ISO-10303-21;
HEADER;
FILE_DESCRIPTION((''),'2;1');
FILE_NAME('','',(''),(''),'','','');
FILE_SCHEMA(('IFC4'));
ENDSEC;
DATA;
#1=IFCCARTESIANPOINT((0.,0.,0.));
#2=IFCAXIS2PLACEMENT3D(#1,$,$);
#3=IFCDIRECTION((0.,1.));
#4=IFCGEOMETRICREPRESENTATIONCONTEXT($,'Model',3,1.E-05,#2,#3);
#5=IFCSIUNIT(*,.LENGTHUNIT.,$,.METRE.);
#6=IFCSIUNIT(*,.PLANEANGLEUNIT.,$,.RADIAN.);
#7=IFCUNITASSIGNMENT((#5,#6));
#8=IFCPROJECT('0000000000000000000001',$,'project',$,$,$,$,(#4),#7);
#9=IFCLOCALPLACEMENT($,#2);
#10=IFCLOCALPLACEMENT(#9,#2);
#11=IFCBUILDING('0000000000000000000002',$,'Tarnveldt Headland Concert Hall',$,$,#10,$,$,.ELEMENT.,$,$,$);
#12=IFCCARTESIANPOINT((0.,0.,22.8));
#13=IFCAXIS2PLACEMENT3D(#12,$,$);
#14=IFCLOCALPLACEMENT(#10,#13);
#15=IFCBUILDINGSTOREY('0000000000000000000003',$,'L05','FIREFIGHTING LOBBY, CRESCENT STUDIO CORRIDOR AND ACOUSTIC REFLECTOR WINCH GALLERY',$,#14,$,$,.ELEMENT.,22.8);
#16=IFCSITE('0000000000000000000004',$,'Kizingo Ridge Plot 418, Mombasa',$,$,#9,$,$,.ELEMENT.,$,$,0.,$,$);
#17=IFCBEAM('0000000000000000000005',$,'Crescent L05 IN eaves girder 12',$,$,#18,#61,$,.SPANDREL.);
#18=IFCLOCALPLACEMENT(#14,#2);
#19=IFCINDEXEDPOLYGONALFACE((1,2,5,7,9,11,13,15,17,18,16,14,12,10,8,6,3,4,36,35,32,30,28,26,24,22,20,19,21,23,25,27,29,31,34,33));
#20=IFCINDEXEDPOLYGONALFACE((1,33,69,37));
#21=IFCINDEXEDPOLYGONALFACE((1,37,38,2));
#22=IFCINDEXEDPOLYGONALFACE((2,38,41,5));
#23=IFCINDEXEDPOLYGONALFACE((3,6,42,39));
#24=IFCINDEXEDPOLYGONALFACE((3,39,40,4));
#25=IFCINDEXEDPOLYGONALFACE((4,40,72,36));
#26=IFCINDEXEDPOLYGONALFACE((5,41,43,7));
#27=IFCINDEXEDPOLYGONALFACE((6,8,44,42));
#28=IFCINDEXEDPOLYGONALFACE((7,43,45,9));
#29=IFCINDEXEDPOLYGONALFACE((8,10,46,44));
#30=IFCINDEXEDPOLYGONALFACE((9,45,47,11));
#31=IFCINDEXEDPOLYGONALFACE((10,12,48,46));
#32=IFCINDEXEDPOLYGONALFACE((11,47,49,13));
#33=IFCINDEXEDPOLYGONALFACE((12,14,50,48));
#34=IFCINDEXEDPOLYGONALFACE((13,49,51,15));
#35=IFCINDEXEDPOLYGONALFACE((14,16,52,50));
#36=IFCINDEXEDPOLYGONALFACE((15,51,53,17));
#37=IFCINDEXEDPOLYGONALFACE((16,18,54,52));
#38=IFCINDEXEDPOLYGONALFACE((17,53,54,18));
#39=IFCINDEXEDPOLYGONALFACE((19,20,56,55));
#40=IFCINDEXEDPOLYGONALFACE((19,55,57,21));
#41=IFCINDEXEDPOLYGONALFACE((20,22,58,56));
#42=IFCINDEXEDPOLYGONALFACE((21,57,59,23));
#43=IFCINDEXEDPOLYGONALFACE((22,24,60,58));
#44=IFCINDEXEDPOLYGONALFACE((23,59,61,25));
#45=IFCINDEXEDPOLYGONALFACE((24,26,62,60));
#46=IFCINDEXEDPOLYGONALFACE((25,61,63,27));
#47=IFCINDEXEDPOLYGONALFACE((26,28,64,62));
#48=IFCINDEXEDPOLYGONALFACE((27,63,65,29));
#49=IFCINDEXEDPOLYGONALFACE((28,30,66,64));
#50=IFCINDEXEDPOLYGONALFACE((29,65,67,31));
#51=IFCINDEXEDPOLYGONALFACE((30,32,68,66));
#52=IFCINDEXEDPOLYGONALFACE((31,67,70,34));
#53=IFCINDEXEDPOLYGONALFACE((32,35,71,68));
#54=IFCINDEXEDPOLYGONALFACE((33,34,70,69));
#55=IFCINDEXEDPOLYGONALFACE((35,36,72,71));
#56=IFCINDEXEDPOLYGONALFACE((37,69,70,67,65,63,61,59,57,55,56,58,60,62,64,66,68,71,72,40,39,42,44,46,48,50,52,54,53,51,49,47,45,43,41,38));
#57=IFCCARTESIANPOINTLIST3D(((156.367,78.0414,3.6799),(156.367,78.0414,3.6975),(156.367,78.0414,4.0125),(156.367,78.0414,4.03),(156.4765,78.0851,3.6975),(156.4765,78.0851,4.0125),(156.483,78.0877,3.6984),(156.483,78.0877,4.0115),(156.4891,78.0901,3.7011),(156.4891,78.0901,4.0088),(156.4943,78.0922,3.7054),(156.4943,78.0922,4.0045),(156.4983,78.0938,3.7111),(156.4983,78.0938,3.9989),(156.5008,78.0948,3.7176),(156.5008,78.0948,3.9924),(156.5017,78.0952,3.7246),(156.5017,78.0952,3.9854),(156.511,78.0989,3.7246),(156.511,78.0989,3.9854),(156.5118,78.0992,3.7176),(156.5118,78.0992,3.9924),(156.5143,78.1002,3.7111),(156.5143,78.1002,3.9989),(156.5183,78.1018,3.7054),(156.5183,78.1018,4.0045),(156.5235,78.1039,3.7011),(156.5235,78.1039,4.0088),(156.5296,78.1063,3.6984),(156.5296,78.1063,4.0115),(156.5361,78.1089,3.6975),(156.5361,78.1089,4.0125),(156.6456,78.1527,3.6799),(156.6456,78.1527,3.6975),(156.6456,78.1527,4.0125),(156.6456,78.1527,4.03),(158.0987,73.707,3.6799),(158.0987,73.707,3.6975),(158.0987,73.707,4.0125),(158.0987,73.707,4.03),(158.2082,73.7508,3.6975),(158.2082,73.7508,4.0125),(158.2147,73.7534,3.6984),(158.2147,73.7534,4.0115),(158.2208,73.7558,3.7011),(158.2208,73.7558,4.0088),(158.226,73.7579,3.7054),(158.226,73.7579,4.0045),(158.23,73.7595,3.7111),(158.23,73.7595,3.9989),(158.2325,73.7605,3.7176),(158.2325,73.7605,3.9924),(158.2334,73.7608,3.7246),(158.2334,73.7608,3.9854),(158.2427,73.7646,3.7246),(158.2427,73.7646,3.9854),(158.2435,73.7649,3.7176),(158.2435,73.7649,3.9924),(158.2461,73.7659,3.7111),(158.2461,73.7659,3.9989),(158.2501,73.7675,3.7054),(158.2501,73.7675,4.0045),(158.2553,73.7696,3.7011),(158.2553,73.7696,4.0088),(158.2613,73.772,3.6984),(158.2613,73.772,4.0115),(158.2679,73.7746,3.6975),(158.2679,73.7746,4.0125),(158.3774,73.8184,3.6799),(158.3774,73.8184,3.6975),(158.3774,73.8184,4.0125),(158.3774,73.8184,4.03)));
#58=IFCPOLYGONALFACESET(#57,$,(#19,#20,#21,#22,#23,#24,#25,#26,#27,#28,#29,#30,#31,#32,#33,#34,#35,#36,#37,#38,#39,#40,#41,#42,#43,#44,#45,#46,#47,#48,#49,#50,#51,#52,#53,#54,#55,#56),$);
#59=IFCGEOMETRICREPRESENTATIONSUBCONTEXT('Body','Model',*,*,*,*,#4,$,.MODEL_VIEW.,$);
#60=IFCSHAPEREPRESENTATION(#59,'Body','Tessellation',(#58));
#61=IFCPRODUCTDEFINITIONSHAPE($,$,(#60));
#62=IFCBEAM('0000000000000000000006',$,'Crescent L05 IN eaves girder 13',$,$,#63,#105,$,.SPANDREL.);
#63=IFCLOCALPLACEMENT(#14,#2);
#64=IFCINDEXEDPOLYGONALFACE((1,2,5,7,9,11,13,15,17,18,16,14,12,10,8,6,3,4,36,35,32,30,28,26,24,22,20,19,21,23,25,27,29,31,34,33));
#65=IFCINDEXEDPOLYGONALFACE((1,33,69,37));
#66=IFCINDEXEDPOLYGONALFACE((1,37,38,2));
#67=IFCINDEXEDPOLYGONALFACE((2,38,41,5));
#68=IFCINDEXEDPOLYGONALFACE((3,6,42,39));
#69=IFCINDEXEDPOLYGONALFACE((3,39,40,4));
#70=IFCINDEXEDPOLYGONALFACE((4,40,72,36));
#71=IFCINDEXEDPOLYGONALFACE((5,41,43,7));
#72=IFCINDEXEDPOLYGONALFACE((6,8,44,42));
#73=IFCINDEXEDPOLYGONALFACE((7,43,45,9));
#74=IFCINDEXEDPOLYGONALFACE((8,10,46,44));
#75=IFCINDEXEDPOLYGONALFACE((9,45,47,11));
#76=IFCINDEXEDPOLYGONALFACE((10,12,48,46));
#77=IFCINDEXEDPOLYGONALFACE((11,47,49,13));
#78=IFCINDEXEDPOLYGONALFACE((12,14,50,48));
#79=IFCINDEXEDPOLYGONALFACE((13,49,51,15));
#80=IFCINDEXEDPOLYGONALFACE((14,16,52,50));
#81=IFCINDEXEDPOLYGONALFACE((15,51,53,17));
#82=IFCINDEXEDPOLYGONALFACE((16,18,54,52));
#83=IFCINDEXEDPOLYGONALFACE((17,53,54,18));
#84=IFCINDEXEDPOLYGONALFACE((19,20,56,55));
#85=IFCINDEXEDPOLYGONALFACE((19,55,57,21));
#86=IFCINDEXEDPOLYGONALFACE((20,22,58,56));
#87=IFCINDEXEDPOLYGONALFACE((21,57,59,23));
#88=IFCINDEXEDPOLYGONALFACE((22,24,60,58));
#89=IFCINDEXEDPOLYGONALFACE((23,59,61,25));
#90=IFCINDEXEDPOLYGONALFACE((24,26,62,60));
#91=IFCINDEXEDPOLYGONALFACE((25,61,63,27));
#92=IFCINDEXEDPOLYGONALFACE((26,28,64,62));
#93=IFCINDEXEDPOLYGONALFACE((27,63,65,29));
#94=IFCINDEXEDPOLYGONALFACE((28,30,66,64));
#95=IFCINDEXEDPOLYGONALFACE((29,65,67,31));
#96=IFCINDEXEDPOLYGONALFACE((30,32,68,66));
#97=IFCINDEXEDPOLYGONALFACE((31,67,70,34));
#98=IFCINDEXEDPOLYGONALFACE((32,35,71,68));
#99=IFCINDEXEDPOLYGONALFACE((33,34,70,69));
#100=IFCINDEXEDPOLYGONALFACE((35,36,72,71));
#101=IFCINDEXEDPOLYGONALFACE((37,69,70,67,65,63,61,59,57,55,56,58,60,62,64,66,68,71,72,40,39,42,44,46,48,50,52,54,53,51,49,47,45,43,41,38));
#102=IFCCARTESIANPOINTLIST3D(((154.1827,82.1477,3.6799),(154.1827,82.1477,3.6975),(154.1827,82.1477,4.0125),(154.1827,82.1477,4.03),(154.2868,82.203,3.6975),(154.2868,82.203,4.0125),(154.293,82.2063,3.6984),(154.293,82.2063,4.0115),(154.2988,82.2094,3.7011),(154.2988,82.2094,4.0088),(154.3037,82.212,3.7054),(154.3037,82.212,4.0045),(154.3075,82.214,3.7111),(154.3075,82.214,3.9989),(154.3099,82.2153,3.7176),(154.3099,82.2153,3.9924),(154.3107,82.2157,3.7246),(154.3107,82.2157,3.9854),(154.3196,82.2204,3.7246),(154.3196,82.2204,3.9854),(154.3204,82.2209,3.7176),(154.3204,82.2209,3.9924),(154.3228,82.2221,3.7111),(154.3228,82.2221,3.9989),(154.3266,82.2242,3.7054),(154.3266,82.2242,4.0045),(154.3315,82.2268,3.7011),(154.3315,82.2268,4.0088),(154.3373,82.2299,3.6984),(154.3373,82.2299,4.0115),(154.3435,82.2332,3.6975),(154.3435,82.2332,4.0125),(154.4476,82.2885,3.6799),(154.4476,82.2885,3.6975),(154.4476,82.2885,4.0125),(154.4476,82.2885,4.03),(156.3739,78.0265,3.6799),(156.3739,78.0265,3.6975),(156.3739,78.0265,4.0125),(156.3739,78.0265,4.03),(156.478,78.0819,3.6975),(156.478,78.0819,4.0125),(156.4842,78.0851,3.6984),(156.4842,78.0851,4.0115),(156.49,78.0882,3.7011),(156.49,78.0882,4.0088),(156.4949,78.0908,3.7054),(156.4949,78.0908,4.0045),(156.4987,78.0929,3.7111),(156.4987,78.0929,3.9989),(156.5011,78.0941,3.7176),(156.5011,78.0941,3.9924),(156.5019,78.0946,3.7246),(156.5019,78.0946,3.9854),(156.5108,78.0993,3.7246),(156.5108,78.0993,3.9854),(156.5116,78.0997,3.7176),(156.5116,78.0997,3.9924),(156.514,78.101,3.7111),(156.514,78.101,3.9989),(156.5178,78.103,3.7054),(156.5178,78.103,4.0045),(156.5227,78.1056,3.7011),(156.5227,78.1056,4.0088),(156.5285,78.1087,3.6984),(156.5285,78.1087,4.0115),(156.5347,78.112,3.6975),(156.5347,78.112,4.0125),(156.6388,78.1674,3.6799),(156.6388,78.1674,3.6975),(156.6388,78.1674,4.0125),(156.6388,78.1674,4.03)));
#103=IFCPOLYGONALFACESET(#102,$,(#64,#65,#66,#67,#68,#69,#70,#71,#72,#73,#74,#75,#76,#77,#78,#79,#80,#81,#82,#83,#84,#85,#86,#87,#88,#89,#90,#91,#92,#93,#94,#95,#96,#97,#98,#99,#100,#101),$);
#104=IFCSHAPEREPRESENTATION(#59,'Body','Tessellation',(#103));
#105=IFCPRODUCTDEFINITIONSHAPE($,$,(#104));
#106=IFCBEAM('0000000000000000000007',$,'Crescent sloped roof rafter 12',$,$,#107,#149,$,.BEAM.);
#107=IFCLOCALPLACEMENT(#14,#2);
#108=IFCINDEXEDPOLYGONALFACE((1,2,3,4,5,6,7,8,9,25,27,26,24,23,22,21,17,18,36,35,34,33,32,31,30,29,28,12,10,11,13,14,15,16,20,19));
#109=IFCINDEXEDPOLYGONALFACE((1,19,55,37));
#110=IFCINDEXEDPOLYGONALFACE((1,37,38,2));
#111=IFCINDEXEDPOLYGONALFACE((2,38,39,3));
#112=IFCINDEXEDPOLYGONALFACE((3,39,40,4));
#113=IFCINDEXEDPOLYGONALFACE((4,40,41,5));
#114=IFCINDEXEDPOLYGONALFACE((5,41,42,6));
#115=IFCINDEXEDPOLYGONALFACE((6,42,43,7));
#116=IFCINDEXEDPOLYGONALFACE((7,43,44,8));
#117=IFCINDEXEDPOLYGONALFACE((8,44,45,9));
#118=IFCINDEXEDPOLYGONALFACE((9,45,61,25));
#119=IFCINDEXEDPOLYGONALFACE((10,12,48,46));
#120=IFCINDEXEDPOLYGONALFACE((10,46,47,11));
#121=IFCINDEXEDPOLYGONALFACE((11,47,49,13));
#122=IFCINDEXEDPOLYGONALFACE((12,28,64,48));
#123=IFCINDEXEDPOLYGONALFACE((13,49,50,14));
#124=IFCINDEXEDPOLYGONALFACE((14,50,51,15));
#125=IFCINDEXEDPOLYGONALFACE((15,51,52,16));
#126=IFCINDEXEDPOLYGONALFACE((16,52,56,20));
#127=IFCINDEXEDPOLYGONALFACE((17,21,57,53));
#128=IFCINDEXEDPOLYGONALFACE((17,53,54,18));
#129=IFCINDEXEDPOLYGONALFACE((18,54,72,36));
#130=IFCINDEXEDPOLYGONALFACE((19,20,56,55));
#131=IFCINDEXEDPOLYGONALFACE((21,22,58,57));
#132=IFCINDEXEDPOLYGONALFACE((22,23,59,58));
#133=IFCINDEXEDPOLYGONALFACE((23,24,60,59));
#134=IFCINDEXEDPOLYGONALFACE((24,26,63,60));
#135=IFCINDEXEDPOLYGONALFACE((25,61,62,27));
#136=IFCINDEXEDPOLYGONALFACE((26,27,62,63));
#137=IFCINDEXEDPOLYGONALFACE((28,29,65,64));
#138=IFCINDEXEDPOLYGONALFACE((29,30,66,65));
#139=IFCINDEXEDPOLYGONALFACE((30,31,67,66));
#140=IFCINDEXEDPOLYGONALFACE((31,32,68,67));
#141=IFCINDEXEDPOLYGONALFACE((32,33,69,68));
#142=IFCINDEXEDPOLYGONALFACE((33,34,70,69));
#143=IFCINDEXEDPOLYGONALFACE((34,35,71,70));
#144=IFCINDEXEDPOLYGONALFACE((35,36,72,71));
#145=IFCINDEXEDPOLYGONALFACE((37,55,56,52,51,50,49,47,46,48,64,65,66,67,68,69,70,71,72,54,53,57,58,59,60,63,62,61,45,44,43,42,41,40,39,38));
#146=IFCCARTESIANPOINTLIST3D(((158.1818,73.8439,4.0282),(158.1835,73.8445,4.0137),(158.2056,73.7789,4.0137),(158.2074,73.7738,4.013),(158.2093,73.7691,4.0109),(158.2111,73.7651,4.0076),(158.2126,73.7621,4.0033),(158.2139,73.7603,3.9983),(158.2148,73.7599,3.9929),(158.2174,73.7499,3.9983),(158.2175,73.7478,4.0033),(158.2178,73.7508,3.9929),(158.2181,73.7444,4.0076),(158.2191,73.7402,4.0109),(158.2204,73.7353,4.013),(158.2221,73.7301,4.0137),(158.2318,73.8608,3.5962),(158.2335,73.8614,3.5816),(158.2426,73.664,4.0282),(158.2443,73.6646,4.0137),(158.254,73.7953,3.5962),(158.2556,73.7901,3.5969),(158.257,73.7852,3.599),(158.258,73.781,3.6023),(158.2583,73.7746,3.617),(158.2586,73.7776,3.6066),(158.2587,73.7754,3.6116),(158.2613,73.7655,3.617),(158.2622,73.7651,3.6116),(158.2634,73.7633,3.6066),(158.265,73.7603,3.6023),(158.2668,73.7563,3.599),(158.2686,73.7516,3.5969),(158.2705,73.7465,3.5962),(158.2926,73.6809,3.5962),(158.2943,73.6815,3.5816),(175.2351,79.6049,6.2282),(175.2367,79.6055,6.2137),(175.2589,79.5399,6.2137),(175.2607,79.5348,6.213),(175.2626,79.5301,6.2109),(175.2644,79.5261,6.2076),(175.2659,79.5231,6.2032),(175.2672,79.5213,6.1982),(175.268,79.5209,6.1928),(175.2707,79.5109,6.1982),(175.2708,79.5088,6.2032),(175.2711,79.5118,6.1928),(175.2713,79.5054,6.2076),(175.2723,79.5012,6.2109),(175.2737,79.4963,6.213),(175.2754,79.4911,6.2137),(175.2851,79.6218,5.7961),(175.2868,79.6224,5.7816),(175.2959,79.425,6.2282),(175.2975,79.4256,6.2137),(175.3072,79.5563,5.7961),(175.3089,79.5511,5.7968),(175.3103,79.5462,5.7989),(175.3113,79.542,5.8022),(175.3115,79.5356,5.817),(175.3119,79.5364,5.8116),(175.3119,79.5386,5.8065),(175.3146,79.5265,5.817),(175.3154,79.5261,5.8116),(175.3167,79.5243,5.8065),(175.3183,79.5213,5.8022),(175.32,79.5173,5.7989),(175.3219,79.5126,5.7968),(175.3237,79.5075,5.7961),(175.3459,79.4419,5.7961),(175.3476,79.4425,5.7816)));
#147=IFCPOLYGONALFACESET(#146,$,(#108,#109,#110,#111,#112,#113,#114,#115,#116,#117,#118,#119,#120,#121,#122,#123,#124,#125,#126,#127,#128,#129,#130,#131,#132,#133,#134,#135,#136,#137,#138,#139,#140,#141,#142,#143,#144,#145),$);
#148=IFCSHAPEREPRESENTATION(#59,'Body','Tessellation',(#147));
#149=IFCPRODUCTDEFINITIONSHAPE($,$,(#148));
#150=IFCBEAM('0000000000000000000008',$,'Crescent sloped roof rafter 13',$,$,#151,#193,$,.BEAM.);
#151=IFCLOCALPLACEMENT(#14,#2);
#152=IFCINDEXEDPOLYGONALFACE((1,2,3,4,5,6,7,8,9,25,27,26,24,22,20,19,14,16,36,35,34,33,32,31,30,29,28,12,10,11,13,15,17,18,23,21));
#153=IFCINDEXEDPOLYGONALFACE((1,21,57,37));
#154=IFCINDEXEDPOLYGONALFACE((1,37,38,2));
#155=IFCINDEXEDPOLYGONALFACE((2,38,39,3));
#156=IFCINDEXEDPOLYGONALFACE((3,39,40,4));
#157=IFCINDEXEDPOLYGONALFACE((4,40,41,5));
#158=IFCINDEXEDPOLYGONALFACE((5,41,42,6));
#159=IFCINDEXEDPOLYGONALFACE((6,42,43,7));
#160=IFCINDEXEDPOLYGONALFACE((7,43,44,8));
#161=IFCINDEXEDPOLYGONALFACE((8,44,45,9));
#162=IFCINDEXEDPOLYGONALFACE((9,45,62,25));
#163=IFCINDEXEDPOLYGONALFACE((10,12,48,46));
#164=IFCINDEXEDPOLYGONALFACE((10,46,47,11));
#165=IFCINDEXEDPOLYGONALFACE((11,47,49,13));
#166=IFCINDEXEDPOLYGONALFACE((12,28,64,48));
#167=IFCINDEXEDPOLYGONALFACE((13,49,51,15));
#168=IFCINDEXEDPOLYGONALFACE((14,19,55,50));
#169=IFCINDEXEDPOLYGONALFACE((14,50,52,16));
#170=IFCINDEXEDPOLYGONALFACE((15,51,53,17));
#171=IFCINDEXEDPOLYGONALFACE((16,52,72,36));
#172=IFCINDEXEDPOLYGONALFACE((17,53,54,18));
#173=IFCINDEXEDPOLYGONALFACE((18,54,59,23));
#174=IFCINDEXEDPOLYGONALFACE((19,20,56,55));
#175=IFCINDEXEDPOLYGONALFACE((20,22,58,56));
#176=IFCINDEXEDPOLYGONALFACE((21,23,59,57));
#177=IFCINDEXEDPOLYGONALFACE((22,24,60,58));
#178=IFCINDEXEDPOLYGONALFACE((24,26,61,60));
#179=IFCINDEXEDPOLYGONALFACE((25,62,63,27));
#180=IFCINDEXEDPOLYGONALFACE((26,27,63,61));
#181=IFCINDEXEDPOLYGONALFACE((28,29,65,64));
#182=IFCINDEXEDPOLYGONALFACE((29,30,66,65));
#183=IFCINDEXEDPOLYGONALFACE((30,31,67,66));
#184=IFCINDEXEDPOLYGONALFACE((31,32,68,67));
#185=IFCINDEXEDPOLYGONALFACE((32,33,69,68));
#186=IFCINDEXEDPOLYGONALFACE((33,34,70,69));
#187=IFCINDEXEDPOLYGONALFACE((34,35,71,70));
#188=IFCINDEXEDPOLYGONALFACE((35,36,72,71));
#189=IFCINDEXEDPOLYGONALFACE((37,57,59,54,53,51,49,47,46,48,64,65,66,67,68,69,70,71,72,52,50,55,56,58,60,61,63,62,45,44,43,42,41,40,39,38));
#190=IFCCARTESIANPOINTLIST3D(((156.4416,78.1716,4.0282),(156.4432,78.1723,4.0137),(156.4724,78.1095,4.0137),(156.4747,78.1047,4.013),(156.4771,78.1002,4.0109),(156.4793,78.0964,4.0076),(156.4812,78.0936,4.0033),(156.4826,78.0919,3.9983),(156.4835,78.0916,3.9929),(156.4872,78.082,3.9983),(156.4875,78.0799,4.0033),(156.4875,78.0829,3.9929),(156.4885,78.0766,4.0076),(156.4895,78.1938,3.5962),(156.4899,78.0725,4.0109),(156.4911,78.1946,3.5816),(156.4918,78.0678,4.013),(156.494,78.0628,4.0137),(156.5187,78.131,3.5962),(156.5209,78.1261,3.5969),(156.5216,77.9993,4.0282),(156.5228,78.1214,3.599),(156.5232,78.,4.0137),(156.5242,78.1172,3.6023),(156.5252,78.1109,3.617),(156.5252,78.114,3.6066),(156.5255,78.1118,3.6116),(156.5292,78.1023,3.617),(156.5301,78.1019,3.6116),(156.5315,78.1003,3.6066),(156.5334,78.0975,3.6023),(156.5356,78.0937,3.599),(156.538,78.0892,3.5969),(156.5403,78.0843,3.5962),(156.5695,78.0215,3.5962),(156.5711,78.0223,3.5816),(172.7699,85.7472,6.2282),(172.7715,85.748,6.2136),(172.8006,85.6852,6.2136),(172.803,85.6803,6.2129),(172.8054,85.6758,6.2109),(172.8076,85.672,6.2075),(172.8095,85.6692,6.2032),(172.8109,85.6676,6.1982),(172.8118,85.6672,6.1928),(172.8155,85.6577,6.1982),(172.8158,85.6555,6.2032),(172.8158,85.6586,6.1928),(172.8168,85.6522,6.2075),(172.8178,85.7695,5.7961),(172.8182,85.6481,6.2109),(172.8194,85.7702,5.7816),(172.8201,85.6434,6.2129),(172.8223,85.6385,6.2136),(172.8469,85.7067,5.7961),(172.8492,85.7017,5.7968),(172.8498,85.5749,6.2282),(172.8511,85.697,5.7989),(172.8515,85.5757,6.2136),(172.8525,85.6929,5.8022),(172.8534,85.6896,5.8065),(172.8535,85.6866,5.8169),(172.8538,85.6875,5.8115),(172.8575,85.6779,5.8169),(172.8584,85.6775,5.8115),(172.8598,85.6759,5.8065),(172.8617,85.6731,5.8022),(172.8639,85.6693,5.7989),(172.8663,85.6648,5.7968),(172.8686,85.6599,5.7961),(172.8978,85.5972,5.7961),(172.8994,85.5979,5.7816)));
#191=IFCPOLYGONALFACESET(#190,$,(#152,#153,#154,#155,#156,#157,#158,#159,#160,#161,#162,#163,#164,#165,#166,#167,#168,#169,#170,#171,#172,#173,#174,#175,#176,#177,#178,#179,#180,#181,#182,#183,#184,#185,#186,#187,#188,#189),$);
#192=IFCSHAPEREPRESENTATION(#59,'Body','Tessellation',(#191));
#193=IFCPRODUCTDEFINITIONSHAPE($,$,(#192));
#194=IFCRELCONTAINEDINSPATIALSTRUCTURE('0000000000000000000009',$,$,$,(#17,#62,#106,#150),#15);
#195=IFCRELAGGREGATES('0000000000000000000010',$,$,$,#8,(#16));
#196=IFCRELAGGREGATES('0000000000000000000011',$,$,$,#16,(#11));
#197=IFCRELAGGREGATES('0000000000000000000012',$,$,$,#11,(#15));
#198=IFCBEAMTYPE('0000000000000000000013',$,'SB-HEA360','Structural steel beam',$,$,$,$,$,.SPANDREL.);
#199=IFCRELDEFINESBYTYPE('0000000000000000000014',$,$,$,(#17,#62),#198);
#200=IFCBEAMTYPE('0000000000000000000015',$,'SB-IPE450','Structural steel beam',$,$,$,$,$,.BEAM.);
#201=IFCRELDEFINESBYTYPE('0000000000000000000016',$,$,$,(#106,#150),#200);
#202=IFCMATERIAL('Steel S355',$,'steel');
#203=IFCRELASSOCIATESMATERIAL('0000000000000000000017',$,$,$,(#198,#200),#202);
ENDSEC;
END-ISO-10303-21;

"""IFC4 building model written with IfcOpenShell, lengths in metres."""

from ifc_helpers import new_model, si_unit, direction, frame, origin, origin_2d, place, context, subcontext, project, spatial, i_section, extrude, material, material_profile, profile_set, type_object, element, save


model = new_model("IFC4")

# Units and contexts
model_context = context("Model", 3, precision=1e-05, world=origin(), true_north=direction((0.0, 1.0)))
body_context = subcontext(model_context, "Body", "Model", "MODEL_VIEW")
ifc_project = project(units=[si_unit("LENGTHUNIT", "METRE"), si_unit("PLANEANGLEUNIT", "RADIAN")], contexts=[model_context])

# Site, building, storey
site_placement = place(None, origin())
site = spatial("IfcSite", under=ifc_project, at=site_placement, Name="Kizingo Ridge Plot 418, Mombasa", CompositionType="ELEMENT", RefElevation=0.0)
building_placement = place(site_placement, origin())
building = spatial("IfcBuilding", under=site, at=building_placement, Name="Tarnveldt Headland Concert Hall", CompositionType="ELEMENT")
storey_placement = place(building_placement, frame((0.0, 0.0, 22.8)))
storey = spatial("IfcBuildingStorey", under=building, at=storey_placement, Name="L05", Description="FIREFIGHTING LOBBY, CRESCENT STUDIO CORRIDOR AND ACOUSTIC REFLECTOR WINCH GALLERY", CompositionType="ELEMENT", Elevation=22.8)

# Shared definitions
ifc_material_1 = material(Name="Steel S355", Category="steel")

# Beams
ifc_material_profile_1 = material_profile(ifc_material_1, i_section(OverallWidth=0.3, OverallDepth=0.3501, WebThickness=0.01, FlangeThickness=0.0176, FilletRadius=0.0271, at=origin_2d()), Name="HEA360", Category="steel")
ifc_profile_set_1 = profile_set([ifc_material_profile_1], Name="Steel S355")
beam_type_1 = type_object("IfcBeamType", Name="SB-HEA360", Description="Structural steel beam", PredefinedType="SPANDREL", material=ifc_profile_set_1)
for number, where, z_axis, x_axis, name in (
    (1, (158.238, 73.7627, 3.855), (-0.371021, 0.928625, 0.0), (-0.928625, -0.371021, 0.0), "Crescent L05 IN eaves girder 12"),
    (2, (156.5063, 78.0969, 3.855), (-0.469461, 0.882953, 0.0), (-0.882953, -0.469461, 0.0), "Crescent L05 IN eaves girder 13"),
):
    element("IfcBeam", number, at=place(storey_placement, frame(where, z_axis=z_axis, x_axis=x_axis)), inside=storey, type_object=beam_type_1, Name=name, PredefinedType="SPANDREL", context=body_context, shape_type="SweptSolid", body=[
        extrude(i_section(OverallWidth=0.3, OverallDepth=0.3501, WebThickness=0.01, FlangeThickness=0.0176, FilletRadius=0.0271, at=origin_2d()), origin(), (0.0, 0.0, 1.0), 4.6675),
    ])
ifc_material_profile_2 = material_profile(ifc_material_1, i_section(OverallWidth=0.1899, OverallDepth=0.45, WebThickness=0.0095, FlangeThickness=0.0146, FilletRadius=0.021, at=origin_2d()), Name="IPE450", Category="steel")
ifc_profile_set_2 = profile_set([ifc_material_profile_2], Name="Steel S355")
beam_type_2 = type_object("IfcBeamType", Name="SB-IPE450", Description="Structural steel beam", PredefinedType="BEAM", material=ifc_profile_set_2)
for number, where, z_axis, x_axis, name in (
    (3, (158.238, 73.7627, 3.8049), (0.940402, 0.31769, 0.121317), (-0.320054, 0.947399, 0.0), "Crescent sloped roof rafter 12"),
    (4, (156.5063, 78.0969, 3.8049), (0.900422, 0.417758, 0.121316), (-0.420867, 0.907122, 0.0), "Crescent sloped roof rafter 13"),
):
    element("IfcBeam", number, at=place(storey_placement, frame(where, z_axis=z_axis, x_axis=x_axis)), inside=storey, type_object=beam_type_2, Name=name, PredefinedType="BEAM", context=body_context, shape_type="SweptSolid", body=[
        extrude(i_section(OverallWidth=0.1899, OverallDepth=0.45, WebThickness=0.0095, FlangeThickness=0.0146, FilletRadius=0.021, at=origin_2d()), origin(), (0.0, 0.0, 1.0), 18.134),
    ])

save(model, "model.ifc")
